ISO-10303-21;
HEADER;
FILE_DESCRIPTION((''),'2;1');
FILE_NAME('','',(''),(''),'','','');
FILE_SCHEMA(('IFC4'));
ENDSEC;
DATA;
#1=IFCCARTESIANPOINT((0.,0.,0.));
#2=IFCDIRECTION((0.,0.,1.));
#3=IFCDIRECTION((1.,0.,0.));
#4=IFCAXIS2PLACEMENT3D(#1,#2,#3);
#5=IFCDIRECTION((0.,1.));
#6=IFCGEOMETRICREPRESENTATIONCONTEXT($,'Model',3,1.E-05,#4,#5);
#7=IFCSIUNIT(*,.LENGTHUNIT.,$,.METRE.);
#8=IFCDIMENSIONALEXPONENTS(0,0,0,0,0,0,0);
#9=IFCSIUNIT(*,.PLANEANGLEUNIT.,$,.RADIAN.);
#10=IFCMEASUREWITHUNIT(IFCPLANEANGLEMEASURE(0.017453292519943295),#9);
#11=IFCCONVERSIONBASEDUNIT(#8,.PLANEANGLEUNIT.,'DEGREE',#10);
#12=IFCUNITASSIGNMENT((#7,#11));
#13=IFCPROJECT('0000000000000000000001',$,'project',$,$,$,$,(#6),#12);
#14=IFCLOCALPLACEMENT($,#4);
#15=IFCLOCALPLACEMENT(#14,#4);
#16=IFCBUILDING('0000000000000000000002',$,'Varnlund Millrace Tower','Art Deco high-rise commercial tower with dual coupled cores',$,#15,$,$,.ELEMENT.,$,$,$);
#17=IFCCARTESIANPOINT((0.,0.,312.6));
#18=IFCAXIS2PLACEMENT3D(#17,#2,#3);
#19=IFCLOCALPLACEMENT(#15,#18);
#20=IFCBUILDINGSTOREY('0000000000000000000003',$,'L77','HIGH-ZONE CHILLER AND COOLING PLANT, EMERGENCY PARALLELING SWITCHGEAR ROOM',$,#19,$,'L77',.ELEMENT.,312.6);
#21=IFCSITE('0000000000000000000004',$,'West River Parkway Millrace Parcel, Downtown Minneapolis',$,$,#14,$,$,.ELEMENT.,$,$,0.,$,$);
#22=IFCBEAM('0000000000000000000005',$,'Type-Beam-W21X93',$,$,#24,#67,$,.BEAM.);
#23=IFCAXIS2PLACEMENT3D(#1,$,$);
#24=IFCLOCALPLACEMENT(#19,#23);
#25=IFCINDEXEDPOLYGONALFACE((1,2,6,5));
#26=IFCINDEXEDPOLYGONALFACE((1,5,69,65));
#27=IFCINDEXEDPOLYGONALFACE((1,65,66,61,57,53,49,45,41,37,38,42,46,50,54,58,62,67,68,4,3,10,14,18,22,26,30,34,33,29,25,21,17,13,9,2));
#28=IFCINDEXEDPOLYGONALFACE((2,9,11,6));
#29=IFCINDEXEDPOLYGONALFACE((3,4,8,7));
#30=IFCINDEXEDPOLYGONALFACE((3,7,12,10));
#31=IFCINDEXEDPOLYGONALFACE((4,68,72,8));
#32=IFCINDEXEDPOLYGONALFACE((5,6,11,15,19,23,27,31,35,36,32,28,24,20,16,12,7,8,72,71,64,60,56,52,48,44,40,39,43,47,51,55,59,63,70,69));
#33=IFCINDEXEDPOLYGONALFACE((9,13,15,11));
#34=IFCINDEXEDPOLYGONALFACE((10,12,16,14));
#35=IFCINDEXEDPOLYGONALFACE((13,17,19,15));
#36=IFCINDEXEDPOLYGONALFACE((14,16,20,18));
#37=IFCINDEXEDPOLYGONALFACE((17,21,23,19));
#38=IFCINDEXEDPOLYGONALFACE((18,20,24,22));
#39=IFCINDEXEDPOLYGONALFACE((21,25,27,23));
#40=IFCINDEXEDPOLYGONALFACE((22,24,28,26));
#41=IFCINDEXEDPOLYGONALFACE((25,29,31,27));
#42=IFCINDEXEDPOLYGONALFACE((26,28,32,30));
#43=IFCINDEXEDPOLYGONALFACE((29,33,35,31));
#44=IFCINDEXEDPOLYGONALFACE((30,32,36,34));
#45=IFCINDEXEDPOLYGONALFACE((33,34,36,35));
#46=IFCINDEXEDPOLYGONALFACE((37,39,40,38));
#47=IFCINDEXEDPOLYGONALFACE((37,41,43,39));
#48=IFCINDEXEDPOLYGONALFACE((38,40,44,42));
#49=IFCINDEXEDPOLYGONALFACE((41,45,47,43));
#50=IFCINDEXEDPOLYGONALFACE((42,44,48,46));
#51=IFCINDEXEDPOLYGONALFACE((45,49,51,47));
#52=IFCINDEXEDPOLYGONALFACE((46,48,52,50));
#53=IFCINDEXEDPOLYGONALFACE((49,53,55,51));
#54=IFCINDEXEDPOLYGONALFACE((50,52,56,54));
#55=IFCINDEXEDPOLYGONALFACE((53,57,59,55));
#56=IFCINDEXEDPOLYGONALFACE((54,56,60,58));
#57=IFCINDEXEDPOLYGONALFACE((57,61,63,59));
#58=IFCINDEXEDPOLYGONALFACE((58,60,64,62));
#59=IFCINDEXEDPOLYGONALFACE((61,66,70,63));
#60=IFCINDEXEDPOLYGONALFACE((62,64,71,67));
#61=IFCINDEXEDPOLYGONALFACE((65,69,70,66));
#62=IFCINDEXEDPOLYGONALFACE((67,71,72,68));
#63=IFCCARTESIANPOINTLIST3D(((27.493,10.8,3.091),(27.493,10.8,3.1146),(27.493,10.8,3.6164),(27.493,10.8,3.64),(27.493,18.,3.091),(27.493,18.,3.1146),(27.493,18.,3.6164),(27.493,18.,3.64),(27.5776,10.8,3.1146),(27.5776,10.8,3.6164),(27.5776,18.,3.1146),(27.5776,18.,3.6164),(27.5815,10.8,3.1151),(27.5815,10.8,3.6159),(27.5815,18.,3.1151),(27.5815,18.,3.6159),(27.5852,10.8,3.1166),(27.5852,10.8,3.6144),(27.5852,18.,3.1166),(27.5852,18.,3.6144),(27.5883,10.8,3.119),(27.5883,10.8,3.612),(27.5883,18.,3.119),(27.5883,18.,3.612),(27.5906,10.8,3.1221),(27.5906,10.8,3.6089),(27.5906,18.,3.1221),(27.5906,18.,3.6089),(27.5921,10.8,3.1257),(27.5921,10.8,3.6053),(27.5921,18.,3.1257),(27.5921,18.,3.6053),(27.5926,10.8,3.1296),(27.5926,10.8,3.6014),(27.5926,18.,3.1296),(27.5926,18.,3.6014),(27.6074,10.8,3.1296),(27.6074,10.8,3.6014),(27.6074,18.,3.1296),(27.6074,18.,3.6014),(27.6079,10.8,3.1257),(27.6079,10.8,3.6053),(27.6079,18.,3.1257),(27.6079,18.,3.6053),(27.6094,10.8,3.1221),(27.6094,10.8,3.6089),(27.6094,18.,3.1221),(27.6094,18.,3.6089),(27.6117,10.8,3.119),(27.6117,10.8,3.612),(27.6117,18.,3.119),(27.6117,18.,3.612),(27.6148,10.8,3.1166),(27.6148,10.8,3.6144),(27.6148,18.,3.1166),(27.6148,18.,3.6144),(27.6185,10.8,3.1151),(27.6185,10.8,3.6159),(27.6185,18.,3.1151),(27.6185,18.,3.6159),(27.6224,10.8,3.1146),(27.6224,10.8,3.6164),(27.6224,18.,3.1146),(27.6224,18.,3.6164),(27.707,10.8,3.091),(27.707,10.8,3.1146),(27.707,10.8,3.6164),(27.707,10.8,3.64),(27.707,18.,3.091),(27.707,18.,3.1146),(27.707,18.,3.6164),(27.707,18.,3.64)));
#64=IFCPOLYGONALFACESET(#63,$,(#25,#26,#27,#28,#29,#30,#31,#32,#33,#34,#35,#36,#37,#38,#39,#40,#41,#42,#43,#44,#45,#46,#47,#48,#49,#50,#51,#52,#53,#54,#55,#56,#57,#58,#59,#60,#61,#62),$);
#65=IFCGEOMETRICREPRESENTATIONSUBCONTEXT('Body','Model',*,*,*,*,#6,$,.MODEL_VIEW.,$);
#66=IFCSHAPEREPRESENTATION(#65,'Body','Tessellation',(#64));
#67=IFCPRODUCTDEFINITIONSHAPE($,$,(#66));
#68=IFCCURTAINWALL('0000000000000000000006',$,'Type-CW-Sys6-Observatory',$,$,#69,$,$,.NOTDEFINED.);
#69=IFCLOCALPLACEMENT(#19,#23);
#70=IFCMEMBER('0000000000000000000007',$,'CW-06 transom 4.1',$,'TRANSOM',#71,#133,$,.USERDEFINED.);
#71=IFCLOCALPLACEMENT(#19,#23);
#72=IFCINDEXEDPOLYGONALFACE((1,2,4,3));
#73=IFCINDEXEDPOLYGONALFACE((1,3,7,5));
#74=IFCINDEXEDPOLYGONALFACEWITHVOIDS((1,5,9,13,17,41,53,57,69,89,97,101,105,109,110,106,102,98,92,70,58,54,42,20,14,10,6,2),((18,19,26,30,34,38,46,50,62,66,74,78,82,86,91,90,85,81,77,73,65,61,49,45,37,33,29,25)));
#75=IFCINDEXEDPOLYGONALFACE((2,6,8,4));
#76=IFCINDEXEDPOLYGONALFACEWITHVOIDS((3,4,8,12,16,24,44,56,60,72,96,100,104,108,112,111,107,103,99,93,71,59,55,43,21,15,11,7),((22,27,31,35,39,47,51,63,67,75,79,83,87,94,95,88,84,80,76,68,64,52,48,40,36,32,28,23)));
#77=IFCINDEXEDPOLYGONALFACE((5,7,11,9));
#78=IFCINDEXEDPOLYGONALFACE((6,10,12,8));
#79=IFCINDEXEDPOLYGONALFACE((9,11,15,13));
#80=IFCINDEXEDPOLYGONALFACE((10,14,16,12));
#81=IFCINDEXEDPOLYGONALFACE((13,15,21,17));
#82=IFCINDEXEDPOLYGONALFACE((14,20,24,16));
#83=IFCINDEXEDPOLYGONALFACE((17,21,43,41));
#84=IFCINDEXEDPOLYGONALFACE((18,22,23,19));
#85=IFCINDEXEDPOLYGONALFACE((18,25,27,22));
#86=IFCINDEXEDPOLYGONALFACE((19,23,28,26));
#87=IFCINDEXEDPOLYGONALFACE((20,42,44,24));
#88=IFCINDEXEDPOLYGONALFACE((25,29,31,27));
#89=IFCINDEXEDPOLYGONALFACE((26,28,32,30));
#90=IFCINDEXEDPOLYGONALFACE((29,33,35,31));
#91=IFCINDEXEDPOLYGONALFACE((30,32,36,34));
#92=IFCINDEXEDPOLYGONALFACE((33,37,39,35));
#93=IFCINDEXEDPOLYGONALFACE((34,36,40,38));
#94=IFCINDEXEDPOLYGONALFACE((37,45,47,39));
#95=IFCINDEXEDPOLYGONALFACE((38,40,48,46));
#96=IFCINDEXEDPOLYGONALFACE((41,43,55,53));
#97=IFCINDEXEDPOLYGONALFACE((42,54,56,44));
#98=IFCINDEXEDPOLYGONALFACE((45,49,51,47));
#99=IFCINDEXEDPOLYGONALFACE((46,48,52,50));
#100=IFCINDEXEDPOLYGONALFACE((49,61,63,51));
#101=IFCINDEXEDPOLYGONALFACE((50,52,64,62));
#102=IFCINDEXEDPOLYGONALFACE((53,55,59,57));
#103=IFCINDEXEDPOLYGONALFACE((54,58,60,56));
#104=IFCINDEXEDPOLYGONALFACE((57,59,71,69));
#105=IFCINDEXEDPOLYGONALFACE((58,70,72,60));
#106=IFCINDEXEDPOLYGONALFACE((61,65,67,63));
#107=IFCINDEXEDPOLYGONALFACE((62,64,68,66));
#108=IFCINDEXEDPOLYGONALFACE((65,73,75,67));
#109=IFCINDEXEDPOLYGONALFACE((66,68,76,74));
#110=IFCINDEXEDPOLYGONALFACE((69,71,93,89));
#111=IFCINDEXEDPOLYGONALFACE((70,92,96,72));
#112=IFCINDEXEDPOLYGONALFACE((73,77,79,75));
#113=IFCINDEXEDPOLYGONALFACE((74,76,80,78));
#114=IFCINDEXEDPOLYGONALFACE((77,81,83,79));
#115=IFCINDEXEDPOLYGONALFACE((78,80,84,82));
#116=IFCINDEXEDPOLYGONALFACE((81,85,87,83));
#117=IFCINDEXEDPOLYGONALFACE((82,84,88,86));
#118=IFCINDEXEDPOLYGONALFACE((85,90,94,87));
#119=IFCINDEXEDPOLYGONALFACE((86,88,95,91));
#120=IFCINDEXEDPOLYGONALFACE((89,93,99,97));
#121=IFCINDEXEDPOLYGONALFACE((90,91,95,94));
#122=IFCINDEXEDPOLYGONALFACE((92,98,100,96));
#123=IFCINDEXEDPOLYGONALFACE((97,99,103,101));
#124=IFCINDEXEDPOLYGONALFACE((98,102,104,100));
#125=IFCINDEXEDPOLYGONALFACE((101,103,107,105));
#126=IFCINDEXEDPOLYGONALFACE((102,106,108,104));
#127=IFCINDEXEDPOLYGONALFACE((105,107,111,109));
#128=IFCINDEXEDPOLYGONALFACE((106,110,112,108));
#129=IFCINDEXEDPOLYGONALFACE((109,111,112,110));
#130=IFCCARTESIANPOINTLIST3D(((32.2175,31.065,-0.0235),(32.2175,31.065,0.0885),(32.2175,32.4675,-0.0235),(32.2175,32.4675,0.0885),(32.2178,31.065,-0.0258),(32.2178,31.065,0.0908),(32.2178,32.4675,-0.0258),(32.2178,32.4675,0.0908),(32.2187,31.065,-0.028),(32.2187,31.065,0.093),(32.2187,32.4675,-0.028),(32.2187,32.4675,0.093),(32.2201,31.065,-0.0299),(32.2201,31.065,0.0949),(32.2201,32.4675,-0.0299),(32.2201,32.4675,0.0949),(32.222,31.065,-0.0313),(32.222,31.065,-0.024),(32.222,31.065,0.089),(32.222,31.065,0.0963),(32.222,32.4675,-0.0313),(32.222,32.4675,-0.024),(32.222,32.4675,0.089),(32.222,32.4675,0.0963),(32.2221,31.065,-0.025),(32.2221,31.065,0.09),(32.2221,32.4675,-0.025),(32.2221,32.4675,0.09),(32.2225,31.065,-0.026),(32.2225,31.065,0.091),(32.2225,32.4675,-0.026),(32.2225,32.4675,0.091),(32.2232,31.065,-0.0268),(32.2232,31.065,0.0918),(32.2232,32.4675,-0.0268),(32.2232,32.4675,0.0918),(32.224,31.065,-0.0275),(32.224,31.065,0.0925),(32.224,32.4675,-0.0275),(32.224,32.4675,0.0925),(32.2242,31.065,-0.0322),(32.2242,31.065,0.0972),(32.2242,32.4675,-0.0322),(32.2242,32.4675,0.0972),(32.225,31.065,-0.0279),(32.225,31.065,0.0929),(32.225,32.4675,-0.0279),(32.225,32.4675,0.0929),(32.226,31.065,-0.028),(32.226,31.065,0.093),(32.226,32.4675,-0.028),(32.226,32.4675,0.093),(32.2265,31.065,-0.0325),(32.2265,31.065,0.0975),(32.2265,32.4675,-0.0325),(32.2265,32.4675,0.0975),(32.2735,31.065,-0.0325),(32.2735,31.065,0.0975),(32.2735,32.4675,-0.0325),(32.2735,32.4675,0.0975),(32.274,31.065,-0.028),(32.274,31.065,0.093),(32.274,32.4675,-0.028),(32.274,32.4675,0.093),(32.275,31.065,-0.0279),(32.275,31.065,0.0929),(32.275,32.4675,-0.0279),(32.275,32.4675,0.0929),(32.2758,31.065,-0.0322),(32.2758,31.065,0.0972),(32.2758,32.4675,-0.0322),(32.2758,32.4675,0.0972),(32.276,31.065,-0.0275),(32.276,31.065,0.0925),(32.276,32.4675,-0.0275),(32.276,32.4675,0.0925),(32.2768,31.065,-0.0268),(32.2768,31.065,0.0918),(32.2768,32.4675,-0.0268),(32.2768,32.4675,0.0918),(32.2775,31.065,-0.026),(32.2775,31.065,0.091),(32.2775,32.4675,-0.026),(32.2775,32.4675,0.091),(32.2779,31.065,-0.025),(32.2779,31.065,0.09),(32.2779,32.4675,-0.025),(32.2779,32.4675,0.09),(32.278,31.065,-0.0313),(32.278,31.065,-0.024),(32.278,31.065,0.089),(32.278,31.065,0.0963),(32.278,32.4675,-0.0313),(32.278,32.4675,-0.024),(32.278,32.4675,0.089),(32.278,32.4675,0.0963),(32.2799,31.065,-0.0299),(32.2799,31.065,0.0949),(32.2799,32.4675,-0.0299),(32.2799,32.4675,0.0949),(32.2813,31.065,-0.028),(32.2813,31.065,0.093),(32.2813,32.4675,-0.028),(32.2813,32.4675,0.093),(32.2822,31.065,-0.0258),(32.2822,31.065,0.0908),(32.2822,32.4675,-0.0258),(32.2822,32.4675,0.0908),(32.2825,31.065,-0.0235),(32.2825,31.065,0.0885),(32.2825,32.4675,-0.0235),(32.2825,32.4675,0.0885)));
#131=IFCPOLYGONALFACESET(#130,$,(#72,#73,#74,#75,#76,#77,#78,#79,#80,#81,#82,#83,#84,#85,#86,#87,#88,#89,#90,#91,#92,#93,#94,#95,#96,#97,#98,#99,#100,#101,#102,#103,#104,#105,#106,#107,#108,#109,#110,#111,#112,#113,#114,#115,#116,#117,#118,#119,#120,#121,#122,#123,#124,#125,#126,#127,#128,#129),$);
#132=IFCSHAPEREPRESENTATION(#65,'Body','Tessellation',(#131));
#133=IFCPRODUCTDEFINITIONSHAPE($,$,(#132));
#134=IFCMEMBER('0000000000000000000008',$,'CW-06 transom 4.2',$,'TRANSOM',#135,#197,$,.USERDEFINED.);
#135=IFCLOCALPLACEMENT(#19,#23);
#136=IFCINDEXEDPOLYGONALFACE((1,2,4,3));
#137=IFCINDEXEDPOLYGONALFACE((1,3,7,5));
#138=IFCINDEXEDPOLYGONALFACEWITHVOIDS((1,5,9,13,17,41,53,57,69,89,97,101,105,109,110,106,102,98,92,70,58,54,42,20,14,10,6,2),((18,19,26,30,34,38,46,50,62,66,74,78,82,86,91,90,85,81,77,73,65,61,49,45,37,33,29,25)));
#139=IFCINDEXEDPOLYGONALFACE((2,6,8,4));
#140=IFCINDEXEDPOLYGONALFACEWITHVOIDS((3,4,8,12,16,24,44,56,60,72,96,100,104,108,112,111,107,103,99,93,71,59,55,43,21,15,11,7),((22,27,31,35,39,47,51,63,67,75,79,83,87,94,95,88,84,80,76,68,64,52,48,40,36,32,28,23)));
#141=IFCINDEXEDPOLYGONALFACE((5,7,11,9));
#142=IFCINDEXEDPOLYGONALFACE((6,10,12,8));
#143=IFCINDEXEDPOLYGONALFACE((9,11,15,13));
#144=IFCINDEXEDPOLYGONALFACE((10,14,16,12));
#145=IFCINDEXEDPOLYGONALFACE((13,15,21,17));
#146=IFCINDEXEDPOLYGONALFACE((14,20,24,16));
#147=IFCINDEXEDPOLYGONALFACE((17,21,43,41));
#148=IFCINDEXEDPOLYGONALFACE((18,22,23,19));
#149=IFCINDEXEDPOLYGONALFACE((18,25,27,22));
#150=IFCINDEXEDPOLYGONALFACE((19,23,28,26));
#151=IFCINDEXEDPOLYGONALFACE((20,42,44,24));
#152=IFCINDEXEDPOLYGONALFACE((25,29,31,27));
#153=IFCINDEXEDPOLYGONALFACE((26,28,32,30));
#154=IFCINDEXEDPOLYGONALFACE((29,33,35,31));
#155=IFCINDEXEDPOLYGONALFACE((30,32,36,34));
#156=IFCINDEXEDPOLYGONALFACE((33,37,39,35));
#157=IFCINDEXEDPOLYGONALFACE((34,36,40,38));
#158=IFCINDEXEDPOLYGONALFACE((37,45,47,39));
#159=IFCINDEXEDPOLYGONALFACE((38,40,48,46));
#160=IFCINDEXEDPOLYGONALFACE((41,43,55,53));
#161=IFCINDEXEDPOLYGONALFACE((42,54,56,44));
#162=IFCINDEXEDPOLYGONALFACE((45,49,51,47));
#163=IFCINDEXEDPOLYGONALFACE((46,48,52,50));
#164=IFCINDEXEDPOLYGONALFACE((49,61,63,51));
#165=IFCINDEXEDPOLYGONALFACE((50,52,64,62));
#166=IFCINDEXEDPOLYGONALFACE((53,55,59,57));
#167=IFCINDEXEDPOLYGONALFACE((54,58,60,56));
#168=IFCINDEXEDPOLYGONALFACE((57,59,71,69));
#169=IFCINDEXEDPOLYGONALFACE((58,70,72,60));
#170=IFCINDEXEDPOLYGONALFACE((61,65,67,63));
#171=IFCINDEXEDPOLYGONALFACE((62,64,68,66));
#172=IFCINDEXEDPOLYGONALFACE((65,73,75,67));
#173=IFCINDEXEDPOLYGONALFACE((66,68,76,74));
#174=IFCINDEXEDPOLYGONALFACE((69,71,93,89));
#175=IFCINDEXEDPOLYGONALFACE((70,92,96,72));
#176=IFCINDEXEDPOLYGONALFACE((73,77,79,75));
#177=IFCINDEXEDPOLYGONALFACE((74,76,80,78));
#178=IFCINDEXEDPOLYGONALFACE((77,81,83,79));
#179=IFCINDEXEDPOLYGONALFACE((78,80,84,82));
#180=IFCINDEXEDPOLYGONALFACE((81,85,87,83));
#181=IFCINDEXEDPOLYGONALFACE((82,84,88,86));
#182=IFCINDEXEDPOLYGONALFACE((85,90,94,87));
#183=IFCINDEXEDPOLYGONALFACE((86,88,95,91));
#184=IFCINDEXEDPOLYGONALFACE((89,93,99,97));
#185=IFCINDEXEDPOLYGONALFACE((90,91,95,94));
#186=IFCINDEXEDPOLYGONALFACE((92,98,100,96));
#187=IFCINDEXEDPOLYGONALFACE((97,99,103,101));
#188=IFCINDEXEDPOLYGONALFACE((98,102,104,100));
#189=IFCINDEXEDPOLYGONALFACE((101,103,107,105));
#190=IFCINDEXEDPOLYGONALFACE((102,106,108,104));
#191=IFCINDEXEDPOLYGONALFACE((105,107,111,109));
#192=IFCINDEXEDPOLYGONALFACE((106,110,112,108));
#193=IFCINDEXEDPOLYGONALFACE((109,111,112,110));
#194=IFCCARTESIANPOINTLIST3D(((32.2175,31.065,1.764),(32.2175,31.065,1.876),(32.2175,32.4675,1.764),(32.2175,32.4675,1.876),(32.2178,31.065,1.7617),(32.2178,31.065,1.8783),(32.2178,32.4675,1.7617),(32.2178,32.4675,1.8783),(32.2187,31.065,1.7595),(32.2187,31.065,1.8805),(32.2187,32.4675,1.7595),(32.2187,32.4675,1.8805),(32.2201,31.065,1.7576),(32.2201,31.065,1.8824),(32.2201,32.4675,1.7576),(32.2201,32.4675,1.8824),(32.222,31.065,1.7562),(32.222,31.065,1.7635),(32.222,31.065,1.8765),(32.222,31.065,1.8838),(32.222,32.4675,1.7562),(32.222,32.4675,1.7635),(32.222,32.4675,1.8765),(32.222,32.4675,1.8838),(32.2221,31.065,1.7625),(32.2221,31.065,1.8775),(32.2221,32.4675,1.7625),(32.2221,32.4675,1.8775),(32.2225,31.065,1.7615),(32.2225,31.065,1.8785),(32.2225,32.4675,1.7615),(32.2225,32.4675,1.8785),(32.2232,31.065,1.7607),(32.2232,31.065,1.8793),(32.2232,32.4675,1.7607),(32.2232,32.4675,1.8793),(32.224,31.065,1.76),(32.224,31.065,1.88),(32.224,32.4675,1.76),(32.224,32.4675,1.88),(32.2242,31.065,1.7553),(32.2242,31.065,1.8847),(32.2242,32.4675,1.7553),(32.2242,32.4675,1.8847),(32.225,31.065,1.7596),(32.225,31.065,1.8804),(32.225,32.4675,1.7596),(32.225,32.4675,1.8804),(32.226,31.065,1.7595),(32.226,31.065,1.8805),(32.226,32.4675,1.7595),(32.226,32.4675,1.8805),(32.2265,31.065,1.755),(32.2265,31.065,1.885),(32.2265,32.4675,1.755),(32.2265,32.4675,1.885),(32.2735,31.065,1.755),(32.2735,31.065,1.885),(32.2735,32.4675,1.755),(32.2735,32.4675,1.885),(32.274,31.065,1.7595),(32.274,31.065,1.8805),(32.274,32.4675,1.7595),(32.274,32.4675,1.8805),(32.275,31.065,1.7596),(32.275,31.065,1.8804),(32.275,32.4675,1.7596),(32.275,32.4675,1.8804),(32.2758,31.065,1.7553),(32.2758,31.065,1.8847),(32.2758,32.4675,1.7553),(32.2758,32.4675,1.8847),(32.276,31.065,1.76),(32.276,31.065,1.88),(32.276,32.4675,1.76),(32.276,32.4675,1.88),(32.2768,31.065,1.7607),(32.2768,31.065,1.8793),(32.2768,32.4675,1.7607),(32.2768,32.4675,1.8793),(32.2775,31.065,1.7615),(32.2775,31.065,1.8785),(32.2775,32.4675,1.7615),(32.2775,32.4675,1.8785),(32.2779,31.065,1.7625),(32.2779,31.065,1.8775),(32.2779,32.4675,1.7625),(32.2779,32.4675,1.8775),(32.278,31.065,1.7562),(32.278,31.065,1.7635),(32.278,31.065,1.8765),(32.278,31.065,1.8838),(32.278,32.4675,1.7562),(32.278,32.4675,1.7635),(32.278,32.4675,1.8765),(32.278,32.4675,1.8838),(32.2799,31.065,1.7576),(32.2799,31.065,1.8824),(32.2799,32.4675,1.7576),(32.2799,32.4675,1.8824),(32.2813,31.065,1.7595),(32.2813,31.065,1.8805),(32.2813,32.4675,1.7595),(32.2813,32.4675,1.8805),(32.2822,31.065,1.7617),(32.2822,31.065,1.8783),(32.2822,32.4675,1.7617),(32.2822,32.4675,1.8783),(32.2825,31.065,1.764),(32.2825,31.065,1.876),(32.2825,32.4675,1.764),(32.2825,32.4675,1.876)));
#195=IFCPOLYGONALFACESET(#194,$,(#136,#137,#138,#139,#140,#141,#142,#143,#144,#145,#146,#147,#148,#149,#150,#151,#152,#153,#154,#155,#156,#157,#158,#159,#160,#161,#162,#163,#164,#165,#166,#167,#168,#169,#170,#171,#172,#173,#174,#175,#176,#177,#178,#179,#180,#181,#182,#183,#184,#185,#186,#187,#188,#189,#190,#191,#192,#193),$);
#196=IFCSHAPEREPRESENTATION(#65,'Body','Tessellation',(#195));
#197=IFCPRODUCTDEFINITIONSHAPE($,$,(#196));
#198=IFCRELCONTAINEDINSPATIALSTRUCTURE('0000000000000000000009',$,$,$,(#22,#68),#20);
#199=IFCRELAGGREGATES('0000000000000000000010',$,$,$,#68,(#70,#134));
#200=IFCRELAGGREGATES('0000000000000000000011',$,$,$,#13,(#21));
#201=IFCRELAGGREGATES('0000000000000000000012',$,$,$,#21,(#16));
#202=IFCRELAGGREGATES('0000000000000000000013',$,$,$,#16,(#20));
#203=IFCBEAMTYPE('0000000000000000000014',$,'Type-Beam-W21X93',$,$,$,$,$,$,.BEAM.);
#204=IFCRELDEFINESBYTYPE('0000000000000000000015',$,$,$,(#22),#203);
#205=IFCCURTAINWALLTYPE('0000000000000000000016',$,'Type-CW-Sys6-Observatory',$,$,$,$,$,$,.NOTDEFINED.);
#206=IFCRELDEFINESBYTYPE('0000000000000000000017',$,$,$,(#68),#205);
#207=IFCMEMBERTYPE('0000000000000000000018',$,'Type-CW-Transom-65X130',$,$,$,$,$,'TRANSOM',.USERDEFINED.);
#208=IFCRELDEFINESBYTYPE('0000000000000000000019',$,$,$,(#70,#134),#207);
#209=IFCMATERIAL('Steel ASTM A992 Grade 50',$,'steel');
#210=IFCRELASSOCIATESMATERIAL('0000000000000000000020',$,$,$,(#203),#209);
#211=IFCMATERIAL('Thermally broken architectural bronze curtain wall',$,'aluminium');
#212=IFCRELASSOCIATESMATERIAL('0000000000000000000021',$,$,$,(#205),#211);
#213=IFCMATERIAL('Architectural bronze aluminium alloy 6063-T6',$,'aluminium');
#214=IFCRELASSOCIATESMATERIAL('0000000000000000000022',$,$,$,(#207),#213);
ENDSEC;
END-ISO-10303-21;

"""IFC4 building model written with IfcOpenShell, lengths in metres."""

from ifc_helpers import new_model, entity, si_unit, converted_unit, direction, frame, origin_with_axes, origin_2d_with_axis, place, context, subcontext, project, spatial, hollow_rectangle, i_section, extrude, material, material_profile, profile_set, type_object, element, aggregate, save


model = new_model("IFC4")

# Units and contexts
model_context = context("Model", 3, precision=1e-05, world=origin_with_axes(), true_north=direction((0.0, 1.0)))
body_context = subcontext(model_context, "Body", "Model", "MODEL_VIEW")
ifc_project = project(units=[si_unit("LENGTHUNIT", "METRE"), converted_unit("PLANEANGLEUNIT", "DEGREE", entity("IfcPlaneAngleMeasure", 0.017453292519943295), si_unit("PLANEANGLEUNIT", "RADIAN"), dimensions=[0, 0, 0, 0, 0, 0, 0])], contexts=[model_context])

# Site, building, storey
site_placement = place(None, origin_with_axes())
site = spatial("IfcSite", under=ifc_project, at=site_placement, Name="West River Parkway Millrace Parcel, Downtown Minneapolis", CompositionType="ELEMENT", RefElevation=0.0)
building_placement = place(site_placement, origin_with_axes())
building = spatial("IfcBuilding", under=site, at=building_placement, Name="Varnlund Millrace Tower", Description="Art Deco high-rise commercial tower with dual coupled cores", CompositionType="ELEMENT")
storey_placement = place(building_placement, frame((0.0, 0.0, 312.6), z_axis=(0.0, 0.0, 1.0), x_axis=(1.0, 0.0, 0.0)))
storey = spatial("IfcBuildingStorey", under=building, at=storey_placement, Name="L77", Description="HIGH-ZONE CHILLER AND COOLING PLANT, EMERGENCY PARALLELING SWITCHGEAR ROOM", LongName="L77", CompositionType="ELEMENT", Elevation=312.6)

# Beam
ifc_material_1 = material(Name="Steel ASTM A992 Grade 50", Category="steel")
ifc_material_profile_1 = material_profile(ifc_material_1, i_section(OverallWidth=0.214, OverallDepth=0.549, WebThickness=0.0147, FlangeThickness=0.0236, FilletRadius=0.015, at=origin_2d_with_axis()), Name="Steel ASTM A992 Grade 50")
ifc_profile_set_1 = profile_set([ifc_material_profile_1], Name="Steel ASTM A992 Grade 50")
beam_type_1 = type_object("IfcBeamType", Name="Type-Beam-W21X93", PredefinedType="BEAM", material=ifc_profile_set_1)
beam_1_placement = place(storey_placement, frame((27.6, 10.8, 3.3655), z_axis=(0.0, 1.0, 0.0), x_axis=(-1.0, 0.0, 0.0)))
element("IfcBeam", 1, at=beam_1_placement, inside=storey, type_object=beam_type_1, Name="Type-Beam-W21X93", PredefinedType="BEAM", context=body_context, shape_type="SweptSolid", body=[
    extrude(i_section(OverallWidth=0.214, OverallDepth=0.549, WebThickness=0.0147, FlangeThickness=0.0236, FilletRadius=0.015, at=origin_2d_with_axis()), origin_with_axes(), (0.0, 0.0, 1.0), 7.2),
])

# Curtain wall, members
ifc_material_2 = material(Name="Thermally broken architectural bronze curtain wall", Category="aluminium")
curtain_wall_type = type_object("IfcCurtainWallType", Name="Type-CW-Sys6-Observatory", PredefinedType="NOTDEFINED", material=ifc_material_2)
curtain_wall_placement = place(storey_placement, frame((32.25, 37.0, 0.0), z_axis=(0.0, 0.0, 1.0), x_axis=(1.0, 0.0, 0.0)))
curtain_wall = element("IfcCurtainWall", 2, at=curtain_wall_placement, inside=storey, type_object=curtain_wall_type, Name="Type-CW-Sys6-Observatory", PredefinedType="NOTDEFINED")
ifc_material_3 = material(Name="Architectural bronze aluminium alloy 6063-T6", Category="aluminium")
ifc_material_profile_2 = material_profile(ifc_material_3, hollow_rectangle(XDim=0.065, YDim=0.13, WallThickness=0.0045, InnerFilletRadius=0.004, OuterFilletRadius=0.009, at=origin_2d_with_axis()), Name="Architectural bronze aluminium alloy 6063-T6")
ifc_profile_set_2 = profile_set([ifc_material_profile_2], Name="Architectural bronze aluminium alloy 6063-T6")
member_type = type_object("IfcMemberType", Name="Type-CW-Transom-65X130", ElementType="TRANSOM", PredefinedType="USERDEFINED", material=ifc_profile_set_2)
member_1_placement = place(storey_placement, frame((32.25, 32.4675, 0.0325), z_axis=(0.0, -1.0, 0.0), x_axis=(1.0, 0.0, 0.0)))
member_1 = element("IfcMember", 3, at=member_1_placement, type_object=member_type, Name="CW-06 transom 4.1", ObjectType="TRANSOM", PredefinedType="USERDEFINED", context=body_context, shape_type="SweptSolid", body=[
    extrude(hollow_rectangle(XDim=0.065, YDim=0.13, WallThickness=0.0045, InnerFilletRadius=0.004, OuterFilletRadius=0.009, at=origin_2d_with_axis()), origin_with_axes(), (0.0, 0.0, 1.0), 1.4025),
])
member_2_placement = place(storey_placement, frame((32.25, 32.4675, 1.82), z_axis=(0.0, -1.0, 0.0), x_axis=(1.0, 0.0, 0.0)))
member_2 = element("IfcMember", 4, at=member_2_placement, type_object=member_type, Name="CW-06 transom 4.2", ObjectType="TRANSOM", PredefinedType="USERDEFINED", context=body_context, shape_type="SweptSolid", body=[
    extrude(hollow_rectangle(XDim=0.065, YDim=0.13, WallThickness=0.0045, InnerFilletRadius=0.004, OuterFilletRadius=0.009, at=origin_2d_with_axis()), origin_with_axes(), (0.0, 0.0, 1.0), 1.4025),
])

aggregate(curtain_wall, [member_1, member_2])

save(model, "model.ifc")
